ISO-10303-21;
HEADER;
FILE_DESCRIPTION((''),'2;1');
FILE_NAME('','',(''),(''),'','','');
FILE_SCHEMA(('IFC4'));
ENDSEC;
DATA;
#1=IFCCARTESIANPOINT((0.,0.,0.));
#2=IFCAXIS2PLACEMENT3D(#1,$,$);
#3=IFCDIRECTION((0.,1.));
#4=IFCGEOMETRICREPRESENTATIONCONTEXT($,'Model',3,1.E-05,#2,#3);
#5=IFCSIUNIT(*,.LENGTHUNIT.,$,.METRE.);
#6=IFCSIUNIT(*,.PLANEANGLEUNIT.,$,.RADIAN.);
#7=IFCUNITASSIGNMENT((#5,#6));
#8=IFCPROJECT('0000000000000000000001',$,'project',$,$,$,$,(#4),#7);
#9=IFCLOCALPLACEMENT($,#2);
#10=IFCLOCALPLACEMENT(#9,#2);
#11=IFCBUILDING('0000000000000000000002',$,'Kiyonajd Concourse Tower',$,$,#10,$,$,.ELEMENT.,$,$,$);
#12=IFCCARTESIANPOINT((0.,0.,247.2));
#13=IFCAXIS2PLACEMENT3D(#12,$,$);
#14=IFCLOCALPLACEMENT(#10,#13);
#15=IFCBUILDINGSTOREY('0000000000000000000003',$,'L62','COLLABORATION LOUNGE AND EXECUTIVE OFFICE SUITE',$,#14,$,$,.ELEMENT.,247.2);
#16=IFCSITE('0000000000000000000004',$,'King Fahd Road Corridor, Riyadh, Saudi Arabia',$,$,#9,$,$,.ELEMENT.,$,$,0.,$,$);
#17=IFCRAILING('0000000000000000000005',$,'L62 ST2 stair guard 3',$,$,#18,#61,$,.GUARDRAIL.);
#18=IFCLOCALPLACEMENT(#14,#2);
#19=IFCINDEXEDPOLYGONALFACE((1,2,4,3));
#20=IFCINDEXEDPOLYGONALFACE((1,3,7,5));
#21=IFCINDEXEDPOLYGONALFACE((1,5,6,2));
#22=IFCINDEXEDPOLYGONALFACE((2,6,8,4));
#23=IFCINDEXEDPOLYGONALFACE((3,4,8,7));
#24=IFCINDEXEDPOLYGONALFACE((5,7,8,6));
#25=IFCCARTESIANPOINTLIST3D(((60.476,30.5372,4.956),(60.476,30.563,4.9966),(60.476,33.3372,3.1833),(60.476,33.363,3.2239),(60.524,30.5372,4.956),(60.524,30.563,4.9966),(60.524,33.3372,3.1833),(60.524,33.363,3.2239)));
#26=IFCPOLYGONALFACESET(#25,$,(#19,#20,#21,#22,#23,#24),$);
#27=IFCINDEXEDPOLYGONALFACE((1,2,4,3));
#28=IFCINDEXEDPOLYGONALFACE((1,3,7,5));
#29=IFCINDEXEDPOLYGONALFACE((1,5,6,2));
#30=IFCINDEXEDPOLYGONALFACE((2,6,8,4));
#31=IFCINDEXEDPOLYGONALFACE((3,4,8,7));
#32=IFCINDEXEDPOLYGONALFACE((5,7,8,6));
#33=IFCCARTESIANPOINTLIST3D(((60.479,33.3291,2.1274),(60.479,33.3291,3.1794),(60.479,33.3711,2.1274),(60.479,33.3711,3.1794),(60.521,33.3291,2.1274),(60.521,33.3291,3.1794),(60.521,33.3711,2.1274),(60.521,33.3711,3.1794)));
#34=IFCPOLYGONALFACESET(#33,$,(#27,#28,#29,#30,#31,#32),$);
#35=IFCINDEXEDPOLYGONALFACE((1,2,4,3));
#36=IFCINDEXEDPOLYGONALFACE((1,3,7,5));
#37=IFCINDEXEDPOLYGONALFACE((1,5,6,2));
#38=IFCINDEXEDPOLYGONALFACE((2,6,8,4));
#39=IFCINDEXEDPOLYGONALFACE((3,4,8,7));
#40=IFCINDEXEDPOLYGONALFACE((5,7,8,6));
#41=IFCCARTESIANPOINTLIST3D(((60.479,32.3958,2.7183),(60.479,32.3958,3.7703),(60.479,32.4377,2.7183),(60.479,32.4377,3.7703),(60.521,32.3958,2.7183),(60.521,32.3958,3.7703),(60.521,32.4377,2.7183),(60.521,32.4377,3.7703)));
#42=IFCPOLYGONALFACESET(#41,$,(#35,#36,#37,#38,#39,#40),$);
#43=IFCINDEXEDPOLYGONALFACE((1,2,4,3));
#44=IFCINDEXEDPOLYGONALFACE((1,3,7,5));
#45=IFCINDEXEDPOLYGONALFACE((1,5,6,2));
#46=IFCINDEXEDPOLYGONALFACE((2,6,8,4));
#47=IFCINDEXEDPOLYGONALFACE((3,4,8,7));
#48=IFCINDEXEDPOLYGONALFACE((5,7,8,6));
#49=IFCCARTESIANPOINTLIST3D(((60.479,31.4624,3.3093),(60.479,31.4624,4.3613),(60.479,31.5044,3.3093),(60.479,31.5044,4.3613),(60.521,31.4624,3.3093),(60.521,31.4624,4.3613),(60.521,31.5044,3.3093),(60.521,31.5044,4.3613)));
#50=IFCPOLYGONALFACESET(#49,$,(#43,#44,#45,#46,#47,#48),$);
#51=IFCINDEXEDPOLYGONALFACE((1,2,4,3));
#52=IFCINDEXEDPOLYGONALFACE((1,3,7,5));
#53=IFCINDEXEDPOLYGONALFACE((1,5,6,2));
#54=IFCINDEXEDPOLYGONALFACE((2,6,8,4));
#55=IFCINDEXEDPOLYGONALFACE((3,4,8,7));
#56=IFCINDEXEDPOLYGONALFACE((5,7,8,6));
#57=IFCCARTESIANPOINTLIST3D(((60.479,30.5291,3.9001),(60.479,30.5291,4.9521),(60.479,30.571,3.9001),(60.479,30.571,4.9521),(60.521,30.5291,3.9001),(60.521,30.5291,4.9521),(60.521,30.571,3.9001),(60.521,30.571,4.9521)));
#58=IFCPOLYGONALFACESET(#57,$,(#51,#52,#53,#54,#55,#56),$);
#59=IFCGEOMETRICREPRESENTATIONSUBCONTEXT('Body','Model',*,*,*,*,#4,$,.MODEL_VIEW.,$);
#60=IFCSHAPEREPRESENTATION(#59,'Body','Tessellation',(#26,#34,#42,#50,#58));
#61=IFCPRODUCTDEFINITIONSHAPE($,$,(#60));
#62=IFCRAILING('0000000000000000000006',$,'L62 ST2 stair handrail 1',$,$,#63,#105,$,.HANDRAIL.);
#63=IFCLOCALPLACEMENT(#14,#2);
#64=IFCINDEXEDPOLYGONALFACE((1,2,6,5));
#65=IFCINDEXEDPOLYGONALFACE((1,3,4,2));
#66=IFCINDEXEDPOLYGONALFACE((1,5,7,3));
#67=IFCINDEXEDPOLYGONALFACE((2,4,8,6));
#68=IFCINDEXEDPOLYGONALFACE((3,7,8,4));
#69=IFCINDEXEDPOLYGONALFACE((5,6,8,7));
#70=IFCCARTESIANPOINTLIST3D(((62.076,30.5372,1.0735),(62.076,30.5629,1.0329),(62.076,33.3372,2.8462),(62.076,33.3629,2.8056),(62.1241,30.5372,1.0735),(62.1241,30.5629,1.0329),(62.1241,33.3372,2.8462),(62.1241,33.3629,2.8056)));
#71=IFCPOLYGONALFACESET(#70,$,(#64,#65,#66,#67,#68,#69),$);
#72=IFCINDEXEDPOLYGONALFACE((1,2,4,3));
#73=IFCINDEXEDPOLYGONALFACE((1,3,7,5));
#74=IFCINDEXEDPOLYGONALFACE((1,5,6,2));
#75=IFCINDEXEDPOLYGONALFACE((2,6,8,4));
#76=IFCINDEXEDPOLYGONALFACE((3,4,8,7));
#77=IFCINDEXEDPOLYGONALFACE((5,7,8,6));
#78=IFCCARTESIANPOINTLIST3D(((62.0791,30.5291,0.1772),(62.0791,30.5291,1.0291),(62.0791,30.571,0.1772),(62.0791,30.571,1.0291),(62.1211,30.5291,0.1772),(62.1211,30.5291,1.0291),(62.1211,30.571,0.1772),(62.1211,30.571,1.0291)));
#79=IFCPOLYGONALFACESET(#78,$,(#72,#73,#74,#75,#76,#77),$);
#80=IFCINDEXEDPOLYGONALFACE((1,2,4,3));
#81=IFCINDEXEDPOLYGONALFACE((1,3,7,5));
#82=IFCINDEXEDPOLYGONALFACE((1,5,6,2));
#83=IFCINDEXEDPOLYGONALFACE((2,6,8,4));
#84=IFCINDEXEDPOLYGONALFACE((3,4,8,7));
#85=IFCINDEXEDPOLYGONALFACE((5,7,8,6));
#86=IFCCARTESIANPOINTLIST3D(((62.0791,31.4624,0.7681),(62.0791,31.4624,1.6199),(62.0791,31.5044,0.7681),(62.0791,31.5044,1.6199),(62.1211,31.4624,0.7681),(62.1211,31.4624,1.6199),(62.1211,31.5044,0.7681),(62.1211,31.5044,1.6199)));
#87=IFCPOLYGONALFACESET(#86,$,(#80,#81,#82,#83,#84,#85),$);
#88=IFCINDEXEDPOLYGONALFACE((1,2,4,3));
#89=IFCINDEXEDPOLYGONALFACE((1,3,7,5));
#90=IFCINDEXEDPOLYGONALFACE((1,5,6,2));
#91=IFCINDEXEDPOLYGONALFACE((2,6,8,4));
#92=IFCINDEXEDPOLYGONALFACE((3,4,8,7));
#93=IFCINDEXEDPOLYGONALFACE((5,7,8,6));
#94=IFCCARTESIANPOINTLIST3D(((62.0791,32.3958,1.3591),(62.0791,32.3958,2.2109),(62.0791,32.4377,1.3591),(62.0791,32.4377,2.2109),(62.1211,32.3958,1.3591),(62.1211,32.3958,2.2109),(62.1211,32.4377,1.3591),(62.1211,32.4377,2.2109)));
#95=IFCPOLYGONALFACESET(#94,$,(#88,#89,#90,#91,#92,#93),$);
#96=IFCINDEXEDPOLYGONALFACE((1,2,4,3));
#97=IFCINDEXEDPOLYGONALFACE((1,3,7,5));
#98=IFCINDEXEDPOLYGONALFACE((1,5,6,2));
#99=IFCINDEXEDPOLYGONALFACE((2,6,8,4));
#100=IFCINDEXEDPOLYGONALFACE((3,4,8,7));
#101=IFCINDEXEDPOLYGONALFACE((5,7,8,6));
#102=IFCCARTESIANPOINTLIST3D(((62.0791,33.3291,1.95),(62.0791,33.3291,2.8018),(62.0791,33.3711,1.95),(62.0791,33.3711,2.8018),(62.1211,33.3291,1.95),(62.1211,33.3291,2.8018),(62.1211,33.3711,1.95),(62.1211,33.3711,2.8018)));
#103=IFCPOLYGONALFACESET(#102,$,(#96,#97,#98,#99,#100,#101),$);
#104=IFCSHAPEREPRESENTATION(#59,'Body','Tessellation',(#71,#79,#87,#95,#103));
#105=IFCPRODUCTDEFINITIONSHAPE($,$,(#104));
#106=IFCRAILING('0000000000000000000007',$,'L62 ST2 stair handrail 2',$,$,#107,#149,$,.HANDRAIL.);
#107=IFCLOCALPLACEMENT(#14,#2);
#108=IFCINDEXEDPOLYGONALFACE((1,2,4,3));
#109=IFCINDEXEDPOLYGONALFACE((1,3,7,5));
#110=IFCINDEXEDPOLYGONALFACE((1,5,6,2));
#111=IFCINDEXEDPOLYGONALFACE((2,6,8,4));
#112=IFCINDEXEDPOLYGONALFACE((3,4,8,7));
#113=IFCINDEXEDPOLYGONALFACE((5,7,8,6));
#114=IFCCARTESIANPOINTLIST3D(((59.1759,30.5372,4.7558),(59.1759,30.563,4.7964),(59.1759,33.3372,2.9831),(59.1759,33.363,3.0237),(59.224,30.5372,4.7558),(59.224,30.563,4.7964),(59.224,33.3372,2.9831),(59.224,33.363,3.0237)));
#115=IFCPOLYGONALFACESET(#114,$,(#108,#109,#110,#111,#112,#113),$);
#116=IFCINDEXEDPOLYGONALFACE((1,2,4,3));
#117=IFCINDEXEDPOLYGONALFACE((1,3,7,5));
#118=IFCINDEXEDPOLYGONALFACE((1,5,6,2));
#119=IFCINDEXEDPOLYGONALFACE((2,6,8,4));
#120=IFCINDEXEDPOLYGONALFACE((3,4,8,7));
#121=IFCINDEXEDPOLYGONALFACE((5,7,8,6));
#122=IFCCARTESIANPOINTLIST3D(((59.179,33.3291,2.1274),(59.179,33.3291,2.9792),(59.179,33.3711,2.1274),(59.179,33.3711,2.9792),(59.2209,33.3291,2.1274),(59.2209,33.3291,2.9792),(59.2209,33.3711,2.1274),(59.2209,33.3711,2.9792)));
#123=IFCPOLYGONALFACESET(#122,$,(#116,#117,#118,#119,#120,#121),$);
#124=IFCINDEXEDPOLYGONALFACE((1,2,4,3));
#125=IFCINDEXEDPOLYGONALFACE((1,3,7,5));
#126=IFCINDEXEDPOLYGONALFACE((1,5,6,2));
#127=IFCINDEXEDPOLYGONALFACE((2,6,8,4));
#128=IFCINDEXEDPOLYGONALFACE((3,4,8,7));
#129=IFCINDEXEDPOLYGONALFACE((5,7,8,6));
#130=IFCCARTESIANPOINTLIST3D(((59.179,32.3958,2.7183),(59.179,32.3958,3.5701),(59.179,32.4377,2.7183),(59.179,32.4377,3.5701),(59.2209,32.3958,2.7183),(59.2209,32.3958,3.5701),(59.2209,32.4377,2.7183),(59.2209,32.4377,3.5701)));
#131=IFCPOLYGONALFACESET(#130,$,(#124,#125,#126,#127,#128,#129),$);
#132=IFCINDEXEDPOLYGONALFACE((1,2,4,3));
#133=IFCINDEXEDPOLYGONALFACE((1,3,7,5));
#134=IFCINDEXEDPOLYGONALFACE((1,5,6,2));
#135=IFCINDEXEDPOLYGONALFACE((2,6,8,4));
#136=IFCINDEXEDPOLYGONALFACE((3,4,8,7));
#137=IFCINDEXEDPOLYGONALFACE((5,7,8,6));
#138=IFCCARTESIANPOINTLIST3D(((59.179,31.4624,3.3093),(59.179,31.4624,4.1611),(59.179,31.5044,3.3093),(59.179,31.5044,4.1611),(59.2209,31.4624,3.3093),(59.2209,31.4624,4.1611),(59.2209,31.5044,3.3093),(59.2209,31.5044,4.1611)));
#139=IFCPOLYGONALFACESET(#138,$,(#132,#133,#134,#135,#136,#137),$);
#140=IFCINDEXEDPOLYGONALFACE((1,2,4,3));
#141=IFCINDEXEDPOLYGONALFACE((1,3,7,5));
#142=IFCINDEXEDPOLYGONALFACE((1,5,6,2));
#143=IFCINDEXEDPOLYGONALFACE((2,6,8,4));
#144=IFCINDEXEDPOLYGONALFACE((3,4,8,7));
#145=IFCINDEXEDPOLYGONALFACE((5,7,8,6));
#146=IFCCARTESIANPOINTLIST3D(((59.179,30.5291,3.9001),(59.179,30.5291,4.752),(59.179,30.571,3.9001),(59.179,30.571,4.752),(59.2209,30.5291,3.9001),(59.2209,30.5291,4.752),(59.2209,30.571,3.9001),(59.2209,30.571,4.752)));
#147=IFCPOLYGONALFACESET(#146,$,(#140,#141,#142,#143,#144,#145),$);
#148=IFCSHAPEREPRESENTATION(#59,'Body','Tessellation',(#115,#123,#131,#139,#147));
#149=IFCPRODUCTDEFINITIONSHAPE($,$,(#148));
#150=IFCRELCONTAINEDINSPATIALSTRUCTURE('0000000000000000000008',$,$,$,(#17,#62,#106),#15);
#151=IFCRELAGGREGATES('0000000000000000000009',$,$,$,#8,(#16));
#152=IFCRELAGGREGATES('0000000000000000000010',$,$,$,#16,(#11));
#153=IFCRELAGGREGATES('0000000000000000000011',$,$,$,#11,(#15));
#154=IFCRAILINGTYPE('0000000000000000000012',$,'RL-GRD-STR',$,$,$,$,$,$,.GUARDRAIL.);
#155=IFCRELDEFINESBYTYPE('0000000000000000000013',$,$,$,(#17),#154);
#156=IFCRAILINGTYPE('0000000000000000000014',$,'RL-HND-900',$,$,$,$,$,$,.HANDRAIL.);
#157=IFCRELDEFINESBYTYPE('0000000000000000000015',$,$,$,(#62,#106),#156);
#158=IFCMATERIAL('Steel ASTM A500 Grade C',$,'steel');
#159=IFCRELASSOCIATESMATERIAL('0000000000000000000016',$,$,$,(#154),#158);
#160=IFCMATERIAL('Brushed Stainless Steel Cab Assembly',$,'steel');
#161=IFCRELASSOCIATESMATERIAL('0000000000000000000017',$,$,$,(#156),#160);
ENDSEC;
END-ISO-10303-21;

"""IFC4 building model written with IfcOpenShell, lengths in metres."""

from ifc_helpers import new_model, si_unit, direction, frame, origin, origin_2d, place, context, subcontext, project, spatial, rectangle, extrude, material, type_object, element, save


model = new_model("IFC4")

# Units and contexts
model_context = context("Model", 3, precision=1e-05, world=origin(), true_north=direction((0.0, 1.0)))
body_context = subcontext(model_context, "Body", "Model", "MODEL_VIEW")
ifc_project = project(units=[si_unit("LENGTHUNIT", "METRE"), si_unit("PLANEANGLEUNIT", "RADIAN")], contexts=[model_context])

# Site, building, storey
site_placement = place(None, origin())
site = spatial("IfcSite", under=ifc_project, at=site_placement, Name="King Fahd Road Corridor, Riyadh, Saudi Arabia", CompositionType="ELEMENT", RefElevation=0.0)
building_placement = place(site_placement, origin())
building = spatial("IfcBuilding", under=site, at=building_placement, Name="Kiyonajd Concourse Tower", CompositionType="ELEMENT")
storey_placement = place(building_placement, frame((0.0, 0.0, 247.2)))
storey = spatial("IfcBuildingStorey", under=building, at=storey_placement, Name="L62", Description="COLLABORATION LOUNGE AND EXECUTIVE OFFICE SUITE", CompositionType="ELEMENT", Elevation=247.2)

# Shared definitions
ifc_material_1 = material(Name="Brushed Stainless Steel Cab Assembly", Category="steel")

# Railings
ifc_material_2 = material(Name="Steel ASTM A500 Grade C", Category="steel")
railing_type_1 = type_object("IfcRailingType", Name="RL-GRD-STR", PredefinedType="GUARDRAIL", material=ifc_material_2)
railing_1_placement = place(storey_placement, frame((60.5, 33.3501, 2.1274)))
element("IfcRailing", 1, at=railing_1_placement, inside=storey, type_object=railing_type_1, Name="L62 ST2 stair guard 3", PredefinedType="GUARDRAIL", context=body_context, shape_type="SweptSolid", body=[
    extrude(rectangle(XDim=0.0481, YDim=0.0481, at=origin_2d()), frame((0.0, 0.0, 1.0762), z_axis=(0.0, -0.844909, 0.53491), x_axis=(1.0, 0.0, 0.0)), (0.0, 0.0, 1.0), 3.314),
    extrude(rectangle(XDim=0.042, YDim=0.042, at=origin_2d()), origin(), (0.0, 0.0, 1.0), 1.052),
    extrude(rectangle(XDim=0.042, YDim=0.042, at=origin_2d()), frame((0.0, -0.9333, 0.5908)), (0.0, 0.0, 1.0), 1.052),
    extrude(rectangle(XDim=0.042, YDim=0.042, at=origin_2d()), frame((0.0, -1.8667, 1.1819)), (0.0, 0.0, 1.0), 1.052),
    extrude(rectangle(XDim=0.042, YDim=0.042, at=origin_2d()), frame((0.0, -2.8, 1.7727)), (0.0, 0.0, 1.0), 1.052),
])
railing_type_2 = type_object("IfcRailingType", Name="RL-HND-900", PredefinedType="HANDRAIL", material=ifc_material_1)
railing_2_placement = place(storey_placement, frame((62.1001, 30.55, 0.1772)))
element("IfcRailing", 2, at=railing_2_placement, inside=storey, type_object=railing_type_2, Name="L62 ST2 stair handrail 1", PredefinedType="HANDRAIL", context=body_context, shape_type="SweptSolid", body=[
    extrude(rectangle(XDim=0.0481, YDim=0.0481, at=origin_2d()), frame((0.0, 0.0, 0.876), z_axis=(0.0, 0.844909, 0.53491), x_axis=(-1.0, 0.0, 0.0)), (0.0, 0.0, 1.0), 3.314),
    extrude(rectangle(XDim=0.042, YDim=0.042, at=origin_2d()), origin(), (0.0, 0.0, 1.0), 0.8518),
    extrude(rectangle(XDim=0.042, YDim=0.042, at=origin_2d()), frame((0.0, 0.9333, 0.5908)), (0.0, 0.0, 1.0), 0.8518),
    extrude(rectangle(XDim=0.042, YDim=0.042, at=origin_2d()), frame((0.0, 1.8667, 1.1819)), (0.0, 0.0, 1.0), 0.8518),
    extrude(rectangle(XDim=0.042, YDim=0.042, at=origin_2d()), frame((0.0, 2.8, 1.7727)), (0.0, 0.0, 1.0), 0.8518),
])
railing_3_placement = place(storey_placement, frame((59.2, 33.3501, 2.1274)))
element("IfcRailing", 3, at=railing_3_placement, inside=storey, type_object=railing_type_2, Name="L62 ST2 stair handrail 2", PredefinedType="HANDRAIL", context=body_context, shape_type="SweptSolid", body=[
    extrude(rectangle(XDim=0.0481, YDim=0.0481, at=origin_2d()), frame((0.0, 0.0, 0.876), z_axis=(0.0, -0.844909, 0.53491), x_axis=(1.0, 0.0, 0.0)), (0.0, 0.0, 1.0), 3.314),
    extrude(rectangle(XDim=0.042, YDim=0.042, at=origin_2d()), origin(), (0.0, 0.0, 1.0), 0.8518),
    extrude(rectangle(XDim=0.042, YDim=0.042, at=origin_2d()), frame((0.0, -0.9333, 0.5908)), (0.0, 0.0, 1.0), 0.8518),
    extrude(rectangle(XDim=0.042, YDim=0.042, at=origin_2d()), frame((0.0, -1.8667, 1.1819)), (0.0, 0.0, 1.0), 0.8518),
    extrude(rectangle(XDim=0.042, YDim=0.042, at=origin_2d()), frame((0.0, -2.8, 1.7727)), (0.0, 0.0, 1.0), 0.8518),
])

save(model, "model.ifc")
